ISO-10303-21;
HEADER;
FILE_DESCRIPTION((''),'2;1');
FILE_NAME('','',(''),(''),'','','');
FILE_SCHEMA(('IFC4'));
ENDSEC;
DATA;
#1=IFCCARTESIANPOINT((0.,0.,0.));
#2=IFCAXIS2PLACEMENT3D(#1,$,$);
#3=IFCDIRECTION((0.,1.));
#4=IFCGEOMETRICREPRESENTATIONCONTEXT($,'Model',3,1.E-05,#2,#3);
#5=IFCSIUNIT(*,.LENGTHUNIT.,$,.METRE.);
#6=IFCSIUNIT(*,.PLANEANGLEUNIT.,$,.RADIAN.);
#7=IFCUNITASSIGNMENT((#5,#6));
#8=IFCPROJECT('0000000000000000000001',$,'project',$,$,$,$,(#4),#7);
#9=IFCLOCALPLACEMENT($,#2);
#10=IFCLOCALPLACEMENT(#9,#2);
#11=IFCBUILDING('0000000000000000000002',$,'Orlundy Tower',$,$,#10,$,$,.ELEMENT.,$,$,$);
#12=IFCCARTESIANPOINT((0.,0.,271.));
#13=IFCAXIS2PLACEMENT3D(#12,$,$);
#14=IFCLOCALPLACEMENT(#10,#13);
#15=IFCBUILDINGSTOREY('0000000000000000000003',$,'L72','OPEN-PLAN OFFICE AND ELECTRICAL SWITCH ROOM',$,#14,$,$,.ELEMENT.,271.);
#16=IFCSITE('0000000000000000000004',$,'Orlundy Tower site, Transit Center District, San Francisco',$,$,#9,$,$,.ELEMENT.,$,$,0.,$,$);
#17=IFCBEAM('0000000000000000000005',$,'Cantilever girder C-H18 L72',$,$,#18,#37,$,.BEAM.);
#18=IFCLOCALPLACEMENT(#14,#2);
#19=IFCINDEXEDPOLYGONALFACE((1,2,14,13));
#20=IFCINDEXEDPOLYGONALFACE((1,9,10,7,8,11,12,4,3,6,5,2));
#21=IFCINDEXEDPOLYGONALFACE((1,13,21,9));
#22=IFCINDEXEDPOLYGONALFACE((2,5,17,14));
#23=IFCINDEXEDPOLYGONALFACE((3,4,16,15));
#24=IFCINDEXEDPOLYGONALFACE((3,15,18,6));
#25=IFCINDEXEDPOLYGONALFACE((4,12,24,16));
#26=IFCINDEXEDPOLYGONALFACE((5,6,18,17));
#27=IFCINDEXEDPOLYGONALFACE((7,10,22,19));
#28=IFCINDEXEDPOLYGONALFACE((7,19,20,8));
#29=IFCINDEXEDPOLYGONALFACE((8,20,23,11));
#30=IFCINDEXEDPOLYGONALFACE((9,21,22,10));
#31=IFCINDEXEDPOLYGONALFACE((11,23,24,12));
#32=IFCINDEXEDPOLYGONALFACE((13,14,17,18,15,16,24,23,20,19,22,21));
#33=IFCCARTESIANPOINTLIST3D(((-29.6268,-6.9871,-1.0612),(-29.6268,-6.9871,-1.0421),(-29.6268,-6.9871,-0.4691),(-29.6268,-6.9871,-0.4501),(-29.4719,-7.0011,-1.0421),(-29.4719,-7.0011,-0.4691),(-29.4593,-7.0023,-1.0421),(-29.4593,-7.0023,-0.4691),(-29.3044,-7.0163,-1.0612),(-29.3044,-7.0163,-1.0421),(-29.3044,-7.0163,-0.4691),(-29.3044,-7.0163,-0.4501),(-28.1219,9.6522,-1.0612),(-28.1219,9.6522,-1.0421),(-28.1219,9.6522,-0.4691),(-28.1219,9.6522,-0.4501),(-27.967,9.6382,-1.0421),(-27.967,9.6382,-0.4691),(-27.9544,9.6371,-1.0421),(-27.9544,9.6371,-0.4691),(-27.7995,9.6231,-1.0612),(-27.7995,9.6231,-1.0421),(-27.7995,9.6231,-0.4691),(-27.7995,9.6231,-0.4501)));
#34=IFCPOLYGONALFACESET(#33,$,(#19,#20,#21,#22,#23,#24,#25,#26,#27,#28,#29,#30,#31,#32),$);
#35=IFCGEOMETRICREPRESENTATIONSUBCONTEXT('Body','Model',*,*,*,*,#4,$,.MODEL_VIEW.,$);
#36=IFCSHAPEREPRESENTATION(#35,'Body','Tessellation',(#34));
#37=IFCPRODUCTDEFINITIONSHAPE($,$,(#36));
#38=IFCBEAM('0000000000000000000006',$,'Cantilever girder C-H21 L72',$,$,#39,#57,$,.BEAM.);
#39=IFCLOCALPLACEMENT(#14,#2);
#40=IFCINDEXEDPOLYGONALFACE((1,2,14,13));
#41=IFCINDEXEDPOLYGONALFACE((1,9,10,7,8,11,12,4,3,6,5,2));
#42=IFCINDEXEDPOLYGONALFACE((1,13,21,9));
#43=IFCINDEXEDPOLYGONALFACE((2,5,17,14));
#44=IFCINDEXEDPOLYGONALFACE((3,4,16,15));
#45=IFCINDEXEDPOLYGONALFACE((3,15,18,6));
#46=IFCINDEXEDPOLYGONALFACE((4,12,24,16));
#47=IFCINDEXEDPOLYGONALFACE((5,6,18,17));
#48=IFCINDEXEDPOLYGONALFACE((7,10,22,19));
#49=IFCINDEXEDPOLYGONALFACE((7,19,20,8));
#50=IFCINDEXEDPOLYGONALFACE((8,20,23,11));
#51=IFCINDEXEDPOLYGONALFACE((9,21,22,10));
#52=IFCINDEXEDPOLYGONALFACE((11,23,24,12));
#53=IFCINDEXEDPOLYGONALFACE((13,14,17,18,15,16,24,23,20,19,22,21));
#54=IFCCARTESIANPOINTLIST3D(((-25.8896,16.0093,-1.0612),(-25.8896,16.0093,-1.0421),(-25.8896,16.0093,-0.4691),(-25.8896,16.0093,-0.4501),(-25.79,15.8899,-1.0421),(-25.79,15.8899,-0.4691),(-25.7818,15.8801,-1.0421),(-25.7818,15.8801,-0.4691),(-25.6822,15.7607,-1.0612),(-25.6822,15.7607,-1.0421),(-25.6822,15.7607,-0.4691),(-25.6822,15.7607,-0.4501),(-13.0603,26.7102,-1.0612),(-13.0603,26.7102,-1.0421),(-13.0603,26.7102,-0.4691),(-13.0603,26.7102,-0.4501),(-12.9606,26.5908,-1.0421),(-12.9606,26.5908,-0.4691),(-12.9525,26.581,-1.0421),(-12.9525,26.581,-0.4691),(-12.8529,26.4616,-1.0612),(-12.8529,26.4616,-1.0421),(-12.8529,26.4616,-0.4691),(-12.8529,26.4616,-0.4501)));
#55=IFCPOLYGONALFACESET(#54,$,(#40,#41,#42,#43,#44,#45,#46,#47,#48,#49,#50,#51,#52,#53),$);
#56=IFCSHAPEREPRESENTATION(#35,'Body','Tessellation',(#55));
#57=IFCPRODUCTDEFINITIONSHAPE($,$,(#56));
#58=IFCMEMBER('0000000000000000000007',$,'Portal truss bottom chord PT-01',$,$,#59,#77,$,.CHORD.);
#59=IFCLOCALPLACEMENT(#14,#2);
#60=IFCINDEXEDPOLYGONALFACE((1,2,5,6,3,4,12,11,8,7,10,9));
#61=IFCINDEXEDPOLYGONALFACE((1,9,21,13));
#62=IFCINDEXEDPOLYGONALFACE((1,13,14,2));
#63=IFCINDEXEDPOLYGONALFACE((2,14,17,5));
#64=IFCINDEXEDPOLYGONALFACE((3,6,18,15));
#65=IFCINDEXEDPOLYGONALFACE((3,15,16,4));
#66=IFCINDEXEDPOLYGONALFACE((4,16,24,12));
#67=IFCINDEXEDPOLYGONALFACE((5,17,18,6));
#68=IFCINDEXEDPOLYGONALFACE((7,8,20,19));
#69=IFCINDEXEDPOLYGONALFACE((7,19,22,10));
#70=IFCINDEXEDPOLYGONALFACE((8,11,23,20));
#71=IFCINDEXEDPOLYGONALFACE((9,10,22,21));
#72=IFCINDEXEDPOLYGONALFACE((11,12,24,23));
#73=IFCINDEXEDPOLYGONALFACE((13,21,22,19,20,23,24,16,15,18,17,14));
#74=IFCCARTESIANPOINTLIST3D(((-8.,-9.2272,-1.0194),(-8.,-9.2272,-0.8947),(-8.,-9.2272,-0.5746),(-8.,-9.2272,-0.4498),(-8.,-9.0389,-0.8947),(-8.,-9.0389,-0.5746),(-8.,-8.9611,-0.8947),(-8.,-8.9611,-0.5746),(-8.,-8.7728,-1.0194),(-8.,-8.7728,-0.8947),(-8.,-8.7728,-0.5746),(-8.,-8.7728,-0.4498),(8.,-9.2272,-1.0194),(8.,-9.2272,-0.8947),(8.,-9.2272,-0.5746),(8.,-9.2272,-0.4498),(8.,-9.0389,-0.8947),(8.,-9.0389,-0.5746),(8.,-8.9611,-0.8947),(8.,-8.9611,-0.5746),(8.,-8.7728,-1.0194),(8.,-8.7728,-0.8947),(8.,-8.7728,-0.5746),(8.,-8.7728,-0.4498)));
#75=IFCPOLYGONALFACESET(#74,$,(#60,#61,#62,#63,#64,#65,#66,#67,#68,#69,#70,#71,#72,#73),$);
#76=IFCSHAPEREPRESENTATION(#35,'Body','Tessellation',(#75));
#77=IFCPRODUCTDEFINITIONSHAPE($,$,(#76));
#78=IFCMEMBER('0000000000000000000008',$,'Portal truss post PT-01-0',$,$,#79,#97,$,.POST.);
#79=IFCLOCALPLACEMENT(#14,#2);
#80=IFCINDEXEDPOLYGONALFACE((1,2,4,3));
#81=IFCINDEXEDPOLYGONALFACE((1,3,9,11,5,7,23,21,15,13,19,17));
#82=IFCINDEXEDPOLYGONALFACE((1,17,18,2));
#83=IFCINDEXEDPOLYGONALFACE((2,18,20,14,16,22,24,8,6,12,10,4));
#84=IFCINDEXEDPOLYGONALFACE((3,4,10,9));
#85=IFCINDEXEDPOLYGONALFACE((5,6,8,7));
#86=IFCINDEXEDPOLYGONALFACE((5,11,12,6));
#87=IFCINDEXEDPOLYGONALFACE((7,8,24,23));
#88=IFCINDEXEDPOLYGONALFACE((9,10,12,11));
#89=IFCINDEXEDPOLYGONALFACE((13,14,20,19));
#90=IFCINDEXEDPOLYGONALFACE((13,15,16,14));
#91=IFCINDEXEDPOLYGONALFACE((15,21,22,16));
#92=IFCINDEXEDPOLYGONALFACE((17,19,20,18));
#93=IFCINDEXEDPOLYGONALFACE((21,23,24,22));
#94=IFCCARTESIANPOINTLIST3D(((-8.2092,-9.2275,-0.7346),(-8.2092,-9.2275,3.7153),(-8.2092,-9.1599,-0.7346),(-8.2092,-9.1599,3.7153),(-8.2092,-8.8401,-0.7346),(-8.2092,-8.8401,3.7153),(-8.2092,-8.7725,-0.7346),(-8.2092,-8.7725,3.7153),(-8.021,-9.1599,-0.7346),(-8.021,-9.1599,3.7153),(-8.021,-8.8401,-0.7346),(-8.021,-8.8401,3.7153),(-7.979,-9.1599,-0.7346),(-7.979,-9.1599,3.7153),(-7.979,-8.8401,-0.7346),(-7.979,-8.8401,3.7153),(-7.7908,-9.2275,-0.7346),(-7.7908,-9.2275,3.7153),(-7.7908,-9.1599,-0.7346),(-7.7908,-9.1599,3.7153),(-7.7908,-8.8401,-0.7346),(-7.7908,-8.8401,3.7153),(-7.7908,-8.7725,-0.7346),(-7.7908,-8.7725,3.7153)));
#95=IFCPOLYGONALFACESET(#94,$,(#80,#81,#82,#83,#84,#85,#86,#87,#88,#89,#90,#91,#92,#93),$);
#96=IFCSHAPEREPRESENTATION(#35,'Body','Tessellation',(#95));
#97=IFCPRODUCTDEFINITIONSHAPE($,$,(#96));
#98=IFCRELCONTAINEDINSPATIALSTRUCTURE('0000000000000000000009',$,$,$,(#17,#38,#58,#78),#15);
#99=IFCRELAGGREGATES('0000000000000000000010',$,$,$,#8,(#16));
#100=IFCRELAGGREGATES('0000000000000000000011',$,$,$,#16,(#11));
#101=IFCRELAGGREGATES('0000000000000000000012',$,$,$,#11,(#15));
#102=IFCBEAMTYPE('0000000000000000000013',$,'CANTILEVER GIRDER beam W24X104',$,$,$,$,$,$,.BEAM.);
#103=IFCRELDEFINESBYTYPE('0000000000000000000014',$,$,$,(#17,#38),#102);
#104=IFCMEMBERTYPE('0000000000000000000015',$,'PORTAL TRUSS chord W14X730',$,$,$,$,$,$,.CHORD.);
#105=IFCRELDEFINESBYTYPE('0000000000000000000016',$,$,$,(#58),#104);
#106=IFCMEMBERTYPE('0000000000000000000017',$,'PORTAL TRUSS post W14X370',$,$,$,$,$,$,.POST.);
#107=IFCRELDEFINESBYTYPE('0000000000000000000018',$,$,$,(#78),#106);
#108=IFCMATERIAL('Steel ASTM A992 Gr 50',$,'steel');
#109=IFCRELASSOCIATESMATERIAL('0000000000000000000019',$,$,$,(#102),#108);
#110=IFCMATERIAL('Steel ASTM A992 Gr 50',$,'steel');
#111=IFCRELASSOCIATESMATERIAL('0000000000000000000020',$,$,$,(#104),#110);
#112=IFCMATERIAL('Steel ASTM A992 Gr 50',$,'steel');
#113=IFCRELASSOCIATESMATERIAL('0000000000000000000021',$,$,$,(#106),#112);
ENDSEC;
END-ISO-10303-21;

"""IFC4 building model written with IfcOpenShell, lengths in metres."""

from ifc_helpers import new_model, si_unit, direction, frame, origin, origin_2d, place, context, subcontext, project, spatial, i_section, extrude, material, material_profile, profile_set, type_object, element, save


model = new_model("IFC4")

# Units and contexts
model_context = context("Model", 3, precision=1e-05, world=origin(), true_north=direction((0.0, 1.0)))
body_context = subcontext(model_context, "Body", "Model", "MODEL_VIEW")
ifc_project = project(units=[si_unit("LENGTHUNIT", "METRE"), si_unit("PLANEANGLEUNIT", "RADIAN")], contexts=[model_context])

# Site, building, storey
site_placement = place(None, origin())
site = spatial("IfcSite", under=ifc_project, at=site_placement, Name="Orlundy Tower site, Transit Center District, San Francisco", CompositionType="ELEMENT", RefElevation=0.0)
building_placement = place(site_placement, origin())
building = spatial("IfcBuilding", under=site, at=building_placement, Name="Orlundy Tower", CompositionType="ELEMENT")
storey_placement = place(building_placement, frame((0.0, 0.0, 271.0)))
storey = spatial("IfcBuildingStorey", under=building, at=storey_placement, Name="L72", Description="OPEN-PLAN OFFICE AND ELECTRICAL SWITCH ROOM", CompositionType="ELEMENT", Elevation=271.0)

# Beams
ifc_material_1 = material(Name="Steel ASTM A992 Gr 50", Category="steel")
ifc_material_profile_1 = material_profile(ifc_material_1, i_section(OverallWidth=0.3237, OverallDepth=0.6111, WebThickness=0.0127, FlangeThickness=0.019, at=origin_2d()), Name="W24X104")
ifc_profile_set_1 = profile_set([ifc_material_profile_1], Name="Steel ASTM A992 Gr 50")
beam_type = type_object("IfcBeamType", Name="CANTILEVER GIRDER beam W24X104", PredefinedType="BEAM", material=ifc_profile_set_1)
beam_1_placement = place(storey_placement, frame((-29.4656, -7.0017, -0.7556), z_axis=(0.090073, 0.995935, 0.0), x_axis=(-0.995935, 0.090073, 0.0)))
element("IfcBeam", 1, at=beam_1_placement, inside=storey, type_object=beam_type, Name="Cantilever girder C-H18 L72", PredefinedType="BEAM", context=body_context, shape_type="SweptSolid", body=[
    extrude(i_section(OverallWidth=0.3237, OverallDepth=0.6111, WebThickness=0.0127, FlangeThickness=0.019, at=origin_2d()), origin(), (0.0, 0.0, 1.0), 16.7073),
])
beam_2_placement = place(storey_placement, frame((-25.7859, 15.885, -0.7556), z_axis=(0.767933, 0.640531, 0.0), x_axis=(-0.640531, 0.767933, 0.0)))
element("IfcBeam", 2, at=beam_2_placement, inside=storey, type_object=beam_type, Name="Cantilever girder C-H21 L72", PredefinedType="BEAM", context=body_context, shape_type="SweptSolid", body=[
    extrude(i_section(OverallWidth=0.3237, OverallDepth=0.6111, WebThickness=0.0127, FlangeThickness=0.019, at=origin_2d()), origin(), (0.0, 0.0, 1.0), 16.7063),
])

# Members
ifc_material_2 = material(Name="Steel ASTM A992 Gr 50", Category="steel")
ifc_material_profile_2 = material_profile(ifc_material_2, i_section(OverallWidth=0.4543, OverallDepth=0.5696, WebThickness=0.0779, FlangeThickness=0.1248, at=origin_2d()), Name="W14X730")
ifc_profile_set_2 = profile_set([ifc_material_profile_2], Name="Steel ASTM A992 Gr 50")
member_type_1 = type_object("IfcMemberType", Name="PORTAL TRUSS chord W14X730", PredefinedType="CHORD", material=ifc_profile_set_2)
member_1_placement = place(storey_placement, frame((-8.0, -9.0, -0.7346), z_axis=(1.0, 0.0, 0.0), x_axis=(0.0, 1.0, 0.0)))
element("IfcMember", 3, at=member_1_placement, inside=storey, type_object=member_type_1, Name="Portal truss bottom chord PT-01", PredefinedType="CHORD", context=body_context, shape_type="SweptSolid", body=[
    extrude(i_section(OverallWidth=0.4543, OverallDepth=0.5696, WebThickness=0.0779, FlangeThickness=0.1248, at=origin_2d()), origin(), (0.0, 0.0, 1.0), 16.0),
])
ifc_material_3 = material(Name="Steel ASTM A992 Gr 50", Category="steel")
ifc_material_profile_3 = material_profile(ifc_material_3, i_section(OverallWidth=0.4185, OverallDepth=0.4551, WebThickness=0.042, FlangeThickness=0.0676, at=origin_2d()), Name="W14X370")
ifc_profile_set_3 = profile_set([ifc_material_profile_3], Name="Steel ASTM A992 Gr 50")
member_type_2 = type_object("IfcMemberType", Name="PORTAL TRUSS post W14X370", PredefinedType="POST", material=ifc_profile_set_3)
member_2_placement = place(storey_placement, frame((-8.0, -9.0, -0.7346), z_axis=(0.0, 0.0, 1.0), x_axis=(1.0, 0.0, 0.0)))
element("IfcMember", 4, at=member_2_placement, inside=storey, type_object=member_type_2, Name="Portal truss post PT-01-0", PredefinedType="POST", context=body_context, shape_type="SweptSolid", body=[
    extrude(i_section(OverallWidth=0.4185, OverallDepth=0.4551, WebThickness=0.042, FlangeThickness=0.0676, at=origin_2d()), origin(), (0.0, 0.0, 1.0), 4.45),
])

save(model, "model.ifc")
